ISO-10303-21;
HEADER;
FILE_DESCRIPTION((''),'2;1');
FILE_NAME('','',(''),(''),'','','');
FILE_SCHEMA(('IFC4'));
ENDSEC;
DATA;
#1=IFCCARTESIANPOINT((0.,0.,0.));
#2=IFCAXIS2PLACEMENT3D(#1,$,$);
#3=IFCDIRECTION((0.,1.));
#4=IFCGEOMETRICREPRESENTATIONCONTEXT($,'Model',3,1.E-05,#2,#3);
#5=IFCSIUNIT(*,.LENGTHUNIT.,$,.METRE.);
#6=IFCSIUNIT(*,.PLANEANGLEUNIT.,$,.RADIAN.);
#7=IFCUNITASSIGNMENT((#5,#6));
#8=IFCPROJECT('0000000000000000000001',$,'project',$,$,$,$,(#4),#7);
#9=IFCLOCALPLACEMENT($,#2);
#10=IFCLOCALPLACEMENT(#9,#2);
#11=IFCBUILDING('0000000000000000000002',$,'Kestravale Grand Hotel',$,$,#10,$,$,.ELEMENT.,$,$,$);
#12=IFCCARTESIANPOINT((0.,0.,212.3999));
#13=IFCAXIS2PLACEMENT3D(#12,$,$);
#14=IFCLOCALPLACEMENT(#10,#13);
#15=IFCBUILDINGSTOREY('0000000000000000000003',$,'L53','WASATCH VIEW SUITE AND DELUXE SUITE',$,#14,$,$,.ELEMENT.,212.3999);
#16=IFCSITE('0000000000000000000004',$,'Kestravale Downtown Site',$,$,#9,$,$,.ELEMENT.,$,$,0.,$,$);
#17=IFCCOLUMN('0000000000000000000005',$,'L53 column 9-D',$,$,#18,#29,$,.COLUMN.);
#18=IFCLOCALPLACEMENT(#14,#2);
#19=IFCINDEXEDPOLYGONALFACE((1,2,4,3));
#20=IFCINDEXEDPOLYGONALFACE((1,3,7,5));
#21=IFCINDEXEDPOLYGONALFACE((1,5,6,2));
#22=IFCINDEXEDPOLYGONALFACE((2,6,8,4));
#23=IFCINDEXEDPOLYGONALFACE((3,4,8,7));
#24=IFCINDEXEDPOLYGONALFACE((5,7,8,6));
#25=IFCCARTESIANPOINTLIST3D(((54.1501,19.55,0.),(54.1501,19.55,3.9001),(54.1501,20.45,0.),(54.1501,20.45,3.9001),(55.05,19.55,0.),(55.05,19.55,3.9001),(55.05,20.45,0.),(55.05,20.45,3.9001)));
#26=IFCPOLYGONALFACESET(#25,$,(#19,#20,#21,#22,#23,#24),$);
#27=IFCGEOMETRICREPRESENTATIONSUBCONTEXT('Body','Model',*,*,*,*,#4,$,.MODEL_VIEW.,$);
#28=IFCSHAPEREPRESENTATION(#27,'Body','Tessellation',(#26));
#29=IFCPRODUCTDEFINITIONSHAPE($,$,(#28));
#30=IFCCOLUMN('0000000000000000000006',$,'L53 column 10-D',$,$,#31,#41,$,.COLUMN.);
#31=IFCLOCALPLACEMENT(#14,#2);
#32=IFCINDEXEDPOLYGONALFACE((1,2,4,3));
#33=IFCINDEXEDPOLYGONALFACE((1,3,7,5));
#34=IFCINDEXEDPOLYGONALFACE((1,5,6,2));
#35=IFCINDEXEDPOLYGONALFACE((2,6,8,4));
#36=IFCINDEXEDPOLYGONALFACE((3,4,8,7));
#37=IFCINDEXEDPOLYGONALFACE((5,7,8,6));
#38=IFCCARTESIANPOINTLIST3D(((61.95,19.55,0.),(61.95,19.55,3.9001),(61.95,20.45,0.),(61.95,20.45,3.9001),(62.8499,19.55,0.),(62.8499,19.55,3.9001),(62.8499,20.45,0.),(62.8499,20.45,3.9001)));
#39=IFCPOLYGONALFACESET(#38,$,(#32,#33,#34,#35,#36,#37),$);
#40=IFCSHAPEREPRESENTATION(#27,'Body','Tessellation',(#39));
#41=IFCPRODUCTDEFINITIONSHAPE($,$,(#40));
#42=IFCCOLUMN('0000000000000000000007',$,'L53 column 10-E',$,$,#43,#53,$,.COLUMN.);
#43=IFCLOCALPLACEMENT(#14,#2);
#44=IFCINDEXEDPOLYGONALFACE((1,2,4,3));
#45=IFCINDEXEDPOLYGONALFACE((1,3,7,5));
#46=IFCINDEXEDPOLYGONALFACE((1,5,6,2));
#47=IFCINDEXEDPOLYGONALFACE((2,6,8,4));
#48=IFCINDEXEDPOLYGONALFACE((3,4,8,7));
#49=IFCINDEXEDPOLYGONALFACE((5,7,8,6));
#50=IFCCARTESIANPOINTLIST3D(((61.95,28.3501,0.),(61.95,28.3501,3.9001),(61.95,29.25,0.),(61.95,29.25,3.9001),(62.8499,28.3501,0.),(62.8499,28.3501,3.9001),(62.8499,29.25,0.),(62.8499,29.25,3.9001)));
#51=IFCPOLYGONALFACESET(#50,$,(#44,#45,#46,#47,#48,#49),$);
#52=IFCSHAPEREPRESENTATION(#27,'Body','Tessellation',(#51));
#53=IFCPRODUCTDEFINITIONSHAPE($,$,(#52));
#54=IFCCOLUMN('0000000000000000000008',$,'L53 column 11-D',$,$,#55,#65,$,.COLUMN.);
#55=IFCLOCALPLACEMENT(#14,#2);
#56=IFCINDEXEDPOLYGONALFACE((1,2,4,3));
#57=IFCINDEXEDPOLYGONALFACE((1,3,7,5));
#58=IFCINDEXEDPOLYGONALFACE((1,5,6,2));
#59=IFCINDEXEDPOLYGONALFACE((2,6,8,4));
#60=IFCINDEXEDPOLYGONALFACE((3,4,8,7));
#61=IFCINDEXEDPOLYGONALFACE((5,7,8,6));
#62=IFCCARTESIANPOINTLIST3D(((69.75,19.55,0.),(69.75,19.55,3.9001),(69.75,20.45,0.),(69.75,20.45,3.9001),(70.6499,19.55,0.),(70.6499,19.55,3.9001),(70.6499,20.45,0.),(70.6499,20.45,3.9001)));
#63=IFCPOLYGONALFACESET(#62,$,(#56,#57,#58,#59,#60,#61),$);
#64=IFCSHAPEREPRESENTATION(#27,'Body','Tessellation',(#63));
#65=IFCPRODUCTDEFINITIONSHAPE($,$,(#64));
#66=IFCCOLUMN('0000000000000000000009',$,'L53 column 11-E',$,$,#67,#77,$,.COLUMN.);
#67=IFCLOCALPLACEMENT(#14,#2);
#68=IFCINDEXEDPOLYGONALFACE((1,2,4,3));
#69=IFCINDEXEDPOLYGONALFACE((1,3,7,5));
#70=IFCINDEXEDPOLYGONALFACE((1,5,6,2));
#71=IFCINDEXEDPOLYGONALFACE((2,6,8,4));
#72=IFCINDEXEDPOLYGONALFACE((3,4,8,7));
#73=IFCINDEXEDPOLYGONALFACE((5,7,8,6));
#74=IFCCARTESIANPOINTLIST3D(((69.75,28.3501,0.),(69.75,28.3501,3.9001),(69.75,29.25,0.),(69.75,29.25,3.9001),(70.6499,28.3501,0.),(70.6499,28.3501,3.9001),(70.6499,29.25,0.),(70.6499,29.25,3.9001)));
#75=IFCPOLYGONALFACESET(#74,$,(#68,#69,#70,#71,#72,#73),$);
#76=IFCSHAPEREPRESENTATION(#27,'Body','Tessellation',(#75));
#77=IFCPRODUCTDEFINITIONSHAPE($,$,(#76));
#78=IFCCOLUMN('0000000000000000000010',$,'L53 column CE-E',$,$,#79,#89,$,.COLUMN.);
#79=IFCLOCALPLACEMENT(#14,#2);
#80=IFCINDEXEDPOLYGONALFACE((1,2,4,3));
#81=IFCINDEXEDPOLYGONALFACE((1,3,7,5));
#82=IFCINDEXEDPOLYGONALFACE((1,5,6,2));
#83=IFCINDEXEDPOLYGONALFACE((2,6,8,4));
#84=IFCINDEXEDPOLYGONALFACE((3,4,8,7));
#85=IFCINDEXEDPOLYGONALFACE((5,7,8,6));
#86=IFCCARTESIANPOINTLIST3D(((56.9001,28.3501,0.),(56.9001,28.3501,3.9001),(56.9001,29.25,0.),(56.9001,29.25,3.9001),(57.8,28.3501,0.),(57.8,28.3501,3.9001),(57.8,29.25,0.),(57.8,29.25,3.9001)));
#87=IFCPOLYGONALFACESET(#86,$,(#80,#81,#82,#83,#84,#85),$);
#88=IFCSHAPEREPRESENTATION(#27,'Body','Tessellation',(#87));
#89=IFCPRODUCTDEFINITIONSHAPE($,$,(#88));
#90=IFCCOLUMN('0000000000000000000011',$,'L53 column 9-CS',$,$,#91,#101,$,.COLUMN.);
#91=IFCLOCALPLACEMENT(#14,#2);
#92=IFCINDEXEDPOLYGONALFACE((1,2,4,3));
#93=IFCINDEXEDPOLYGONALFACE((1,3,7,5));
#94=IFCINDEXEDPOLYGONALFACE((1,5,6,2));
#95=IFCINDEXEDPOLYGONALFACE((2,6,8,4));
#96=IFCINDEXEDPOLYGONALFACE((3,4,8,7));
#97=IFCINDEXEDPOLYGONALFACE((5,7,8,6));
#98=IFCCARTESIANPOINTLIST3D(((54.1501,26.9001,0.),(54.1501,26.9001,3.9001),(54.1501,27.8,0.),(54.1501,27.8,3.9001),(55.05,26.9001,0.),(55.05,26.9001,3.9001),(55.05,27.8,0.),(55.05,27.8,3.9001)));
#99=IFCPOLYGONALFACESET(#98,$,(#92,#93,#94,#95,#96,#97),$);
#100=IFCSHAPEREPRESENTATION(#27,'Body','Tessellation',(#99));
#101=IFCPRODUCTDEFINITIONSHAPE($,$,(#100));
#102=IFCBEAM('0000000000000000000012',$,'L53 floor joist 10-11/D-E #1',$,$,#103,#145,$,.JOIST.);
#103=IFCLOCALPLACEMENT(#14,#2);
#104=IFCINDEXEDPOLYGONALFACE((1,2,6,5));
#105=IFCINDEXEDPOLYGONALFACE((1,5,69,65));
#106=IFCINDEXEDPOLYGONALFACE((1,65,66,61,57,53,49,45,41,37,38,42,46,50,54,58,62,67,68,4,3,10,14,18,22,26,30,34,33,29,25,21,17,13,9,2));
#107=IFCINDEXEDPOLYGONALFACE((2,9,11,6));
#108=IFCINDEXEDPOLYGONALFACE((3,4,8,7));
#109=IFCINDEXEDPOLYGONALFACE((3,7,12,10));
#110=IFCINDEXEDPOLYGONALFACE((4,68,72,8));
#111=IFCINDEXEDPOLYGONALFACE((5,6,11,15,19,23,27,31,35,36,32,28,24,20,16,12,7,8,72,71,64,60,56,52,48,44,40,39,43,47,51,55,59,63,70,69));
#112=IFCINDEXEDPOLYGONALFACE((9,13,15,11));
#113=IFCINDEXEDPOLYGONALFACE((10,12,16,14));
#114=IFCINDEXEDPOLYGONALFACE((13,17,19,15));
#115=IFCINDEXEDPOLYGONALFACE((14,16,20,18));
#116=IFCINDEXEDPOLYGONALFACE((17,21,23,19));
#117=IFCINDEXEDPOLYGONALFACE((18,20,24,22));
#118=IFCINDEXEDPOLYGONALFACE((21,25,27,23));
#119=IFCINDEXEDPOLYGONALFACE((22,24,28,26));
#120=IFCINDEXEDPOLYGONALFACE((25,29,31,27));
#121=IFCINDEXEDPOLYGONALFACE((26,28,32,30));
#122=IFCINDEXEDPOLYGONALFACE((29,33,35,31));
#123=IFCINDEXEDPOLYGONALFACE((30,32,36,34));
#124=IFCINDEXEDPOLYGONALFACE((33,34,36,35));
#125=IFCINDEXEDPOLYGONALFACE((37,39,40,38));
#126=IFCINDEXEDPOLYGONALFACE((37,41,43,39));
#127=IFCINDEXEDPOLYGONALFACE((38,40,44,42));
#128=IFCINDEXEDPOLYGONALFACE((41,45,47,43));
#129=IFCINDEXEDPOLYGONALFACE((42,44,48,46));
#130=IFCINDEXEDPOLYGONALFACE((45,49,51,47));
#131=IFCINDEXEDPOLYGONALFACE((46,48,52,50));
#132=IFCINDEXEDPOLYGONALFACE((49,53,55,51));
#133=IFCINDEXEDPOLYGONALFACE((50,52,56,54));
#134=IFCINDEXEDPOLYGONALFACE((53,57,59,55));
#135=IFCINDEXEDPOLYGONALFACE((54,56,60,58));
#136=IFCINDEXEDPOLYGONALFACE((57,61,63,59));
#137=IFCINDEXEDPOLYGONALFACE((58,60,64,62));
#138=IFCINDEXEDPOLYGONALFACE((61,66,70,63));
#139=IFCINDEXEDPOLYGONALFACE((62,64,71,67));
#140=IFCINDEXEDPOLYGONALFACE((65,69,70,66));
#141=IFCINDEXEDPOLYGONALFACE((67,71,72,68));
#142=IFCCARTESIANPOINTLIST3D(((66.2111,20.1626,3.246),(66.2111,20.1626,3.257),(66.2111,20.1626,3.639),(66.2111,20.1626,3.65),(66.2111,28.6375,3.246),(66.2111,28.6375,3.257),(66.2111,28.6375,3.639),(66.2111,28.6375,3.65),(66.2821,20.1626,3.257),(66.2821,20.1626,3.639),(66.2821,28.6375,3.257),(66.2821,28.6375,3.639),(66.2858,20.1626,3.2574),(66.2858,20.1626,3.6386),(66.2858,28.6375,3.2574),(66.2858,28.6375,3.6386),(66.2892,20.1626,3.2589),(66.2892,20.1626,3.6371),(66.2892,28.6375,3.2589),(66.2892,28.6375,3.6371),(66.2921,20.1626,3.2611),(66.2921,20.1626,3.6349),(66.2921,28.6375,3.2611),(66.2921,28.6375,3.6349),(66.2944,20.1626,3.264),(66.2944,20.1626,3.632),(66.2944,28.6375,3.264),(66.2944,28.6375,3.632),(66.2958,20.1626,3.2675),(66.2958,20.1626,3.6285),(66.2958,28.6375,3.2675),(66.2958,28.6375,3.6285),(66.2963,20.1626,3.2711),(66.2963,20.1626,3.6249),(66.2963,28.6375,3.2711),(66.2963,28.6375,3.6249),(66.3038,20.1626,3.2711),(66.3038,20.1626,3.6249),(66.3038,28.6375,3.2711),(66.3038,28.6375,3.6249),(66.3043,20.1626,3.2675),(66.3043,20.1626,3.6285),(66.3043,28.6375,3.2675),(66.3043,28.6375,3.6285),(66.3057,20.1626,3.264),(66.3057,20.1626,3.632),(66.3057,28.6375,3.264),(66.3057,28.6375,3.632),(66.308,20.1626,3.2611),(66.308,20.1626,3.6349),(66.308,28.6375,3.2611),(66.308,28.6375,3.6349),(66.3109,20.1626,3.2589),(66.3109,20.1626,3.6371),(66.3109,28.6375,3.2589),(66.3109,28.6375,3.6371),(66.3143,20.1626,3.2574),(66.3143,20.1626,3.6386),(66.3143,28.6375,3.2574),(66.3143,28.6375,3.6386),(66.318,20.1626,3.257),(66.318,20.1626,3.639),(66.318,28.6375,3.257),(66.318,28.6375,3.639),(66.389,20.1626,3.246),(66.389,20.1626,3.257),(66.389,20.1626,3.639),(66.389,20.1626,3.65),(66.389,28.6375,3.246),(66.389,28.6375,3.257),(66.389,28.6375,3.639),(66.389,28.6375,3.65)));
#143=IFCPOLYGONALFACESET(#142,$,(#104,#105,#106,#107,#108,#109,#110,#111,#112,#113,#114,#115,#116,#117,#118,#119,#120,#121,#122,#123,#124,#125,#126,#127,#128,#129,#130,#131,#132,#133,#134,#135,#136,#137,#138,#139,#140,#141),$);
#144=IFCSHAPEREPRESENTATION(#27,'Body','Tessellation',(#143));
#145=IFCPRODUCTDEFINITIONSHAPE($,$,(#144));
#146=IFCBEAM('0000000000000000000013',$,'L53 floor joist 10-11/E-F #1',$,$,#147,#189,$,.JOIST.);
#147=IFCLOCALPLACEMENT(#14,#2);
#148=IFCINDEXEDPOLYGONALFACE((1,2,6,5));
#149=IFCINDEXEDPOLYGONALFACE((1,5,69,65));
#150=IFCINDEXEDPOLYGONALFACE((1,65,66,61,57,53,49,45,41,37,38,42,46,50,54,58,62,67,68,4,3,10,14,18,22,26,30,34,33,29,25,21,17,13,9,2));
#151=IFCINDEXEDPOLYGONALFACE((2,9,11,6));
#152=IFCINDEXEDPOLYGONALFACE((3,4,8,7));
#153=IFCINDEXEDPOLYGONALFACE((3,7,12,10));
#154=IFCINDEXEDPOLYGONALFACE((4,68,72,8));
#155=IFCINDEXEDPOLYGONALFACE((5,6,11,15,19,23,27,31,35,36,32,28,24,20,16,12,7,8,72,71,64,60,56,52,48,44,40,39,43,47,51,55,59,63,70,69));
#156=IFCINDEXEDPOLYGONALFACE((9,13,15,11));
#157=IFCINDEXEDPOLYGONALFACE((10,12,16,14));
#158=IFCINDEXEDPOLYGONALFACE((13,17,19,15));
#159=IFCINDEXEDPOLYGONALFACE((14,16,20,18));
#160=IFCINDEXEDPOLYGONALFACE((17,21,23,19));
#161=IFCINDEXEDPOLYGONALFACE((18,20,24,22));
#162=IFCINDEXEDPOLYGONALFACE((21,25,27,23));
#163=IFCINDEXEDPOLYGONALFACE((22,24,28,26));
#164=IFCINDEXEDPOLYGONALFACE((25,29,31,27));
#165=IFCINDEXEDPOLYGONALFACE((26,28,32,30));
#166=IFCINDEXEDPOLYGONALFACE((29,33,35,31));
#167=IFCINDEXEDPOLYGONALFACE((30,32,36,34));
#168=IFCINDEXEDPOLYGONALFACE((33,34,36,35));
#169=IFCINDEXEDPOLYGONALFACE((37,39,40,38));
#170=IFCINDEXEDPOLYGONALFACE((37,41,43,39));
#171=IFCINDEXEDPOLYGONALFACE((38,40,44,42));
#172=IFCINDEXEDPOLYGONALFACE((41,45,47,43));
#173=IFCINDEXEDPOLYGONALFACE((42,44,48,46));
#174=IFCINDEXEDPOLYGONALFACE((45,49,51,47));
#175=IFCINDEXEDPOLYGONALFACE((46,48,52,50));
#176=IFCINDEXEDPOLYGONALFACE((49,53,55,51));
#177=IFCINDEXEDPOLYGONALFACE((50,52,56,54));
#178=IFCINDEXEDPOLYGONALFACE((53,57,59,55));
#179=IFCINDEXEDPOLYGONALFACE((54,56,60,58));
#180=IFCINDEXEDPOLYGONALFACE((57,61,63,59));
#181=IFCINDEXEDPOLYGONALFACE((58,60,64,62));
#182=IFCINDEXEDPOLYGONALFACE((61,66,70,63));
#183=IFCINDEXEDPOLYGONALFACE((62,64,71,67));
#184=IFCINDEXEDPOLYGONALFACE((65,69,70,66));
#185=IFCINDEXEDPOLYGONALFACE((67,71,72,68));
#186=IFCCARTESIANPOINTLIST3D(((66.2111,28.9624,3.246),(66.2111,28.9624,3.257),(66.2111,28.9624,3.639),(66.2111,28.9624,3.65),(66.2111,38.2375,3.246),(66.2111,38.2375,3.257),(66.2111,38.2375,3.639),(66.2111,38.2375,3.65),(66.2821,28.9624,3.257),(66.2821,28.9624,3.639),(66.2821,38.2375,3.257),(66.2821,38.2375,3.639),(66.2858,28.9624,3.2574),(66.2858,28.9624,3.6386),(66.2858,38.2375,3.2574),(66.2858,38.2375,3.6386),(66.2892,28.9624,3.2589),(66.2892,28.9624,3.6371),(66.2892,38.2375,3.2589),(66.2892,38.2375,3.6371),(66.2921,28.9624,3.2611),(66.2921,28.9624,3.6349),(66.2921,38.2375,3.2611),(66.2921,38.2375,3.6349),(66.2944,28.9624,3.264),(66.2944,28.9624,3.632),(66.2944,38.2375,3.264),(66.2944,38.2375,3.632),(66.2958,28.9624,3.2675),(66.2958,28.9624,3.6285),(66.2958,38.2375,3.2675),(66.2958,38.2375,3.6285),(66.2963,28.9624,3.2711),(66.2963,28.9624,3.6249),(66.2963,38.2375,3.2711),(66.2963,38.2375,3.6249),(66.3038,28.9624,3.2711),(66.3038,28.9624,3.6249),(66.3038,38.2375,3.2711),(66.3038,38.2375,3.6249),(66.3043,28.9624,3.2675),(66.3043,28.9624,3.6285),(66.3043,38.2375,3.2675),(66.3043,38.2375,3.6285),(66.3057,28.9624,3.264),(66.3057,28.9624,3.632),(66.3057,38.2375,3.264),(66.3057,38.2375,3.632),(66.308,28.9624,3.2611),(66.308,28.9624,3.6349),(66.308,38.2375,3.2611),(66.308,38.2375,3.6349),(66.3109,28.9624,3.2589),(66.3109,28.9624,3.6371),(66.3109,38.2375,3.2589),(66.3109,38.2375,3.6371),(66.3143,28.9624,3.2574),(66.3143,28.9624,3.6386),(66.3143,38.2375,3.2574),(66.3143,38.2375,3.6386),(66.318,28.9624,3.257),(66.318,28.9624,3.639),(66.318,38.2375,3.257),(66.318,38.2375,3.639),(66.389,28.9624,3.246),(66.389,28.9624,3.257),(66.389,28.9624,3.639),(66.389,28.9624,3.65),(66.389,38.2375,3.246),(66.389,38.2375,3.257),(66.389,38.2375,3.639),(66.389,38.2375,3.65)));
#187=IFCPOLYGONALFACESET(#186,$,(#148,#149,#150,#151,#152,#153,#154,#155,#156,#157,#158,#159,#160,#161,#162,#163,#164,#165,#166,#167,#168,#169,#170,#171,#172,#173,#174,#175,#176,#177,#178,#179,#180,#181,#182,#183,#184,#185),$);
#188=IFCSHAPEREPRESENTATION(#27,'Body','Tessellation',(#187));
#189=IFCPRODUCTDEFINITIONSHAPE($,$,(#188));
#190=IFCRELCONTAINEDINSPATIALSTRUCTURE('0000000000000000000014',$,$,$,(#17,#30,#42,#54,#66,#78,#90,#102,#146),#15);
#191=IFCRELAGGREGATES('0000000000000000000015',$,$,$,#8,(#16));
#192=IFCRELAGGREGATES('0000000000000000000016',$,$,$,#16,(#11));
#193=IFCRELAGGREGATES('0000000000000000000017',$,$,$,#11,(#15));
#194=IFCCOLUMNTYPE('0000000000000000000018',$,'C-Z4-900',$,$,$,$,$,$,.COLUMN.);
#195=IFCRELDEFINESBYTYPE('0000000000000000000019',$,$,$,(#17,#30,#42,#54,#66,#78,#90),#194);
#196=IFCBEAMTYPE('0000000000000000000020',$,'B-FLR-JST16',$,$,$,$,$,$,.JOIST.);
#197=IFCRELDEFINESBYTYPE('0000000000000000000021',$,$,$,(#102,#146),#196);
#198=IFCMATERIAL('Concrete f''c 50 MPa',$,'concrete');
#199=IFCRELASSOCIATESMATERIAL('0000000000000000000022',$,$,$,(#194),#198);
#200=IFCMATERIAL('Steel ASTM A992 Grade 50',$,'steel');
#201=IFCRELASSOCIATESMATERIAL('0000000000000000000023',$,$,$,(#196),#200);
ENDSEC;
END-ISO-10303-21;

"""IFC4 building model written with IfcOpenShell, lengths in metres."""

from ifc_helpers import new_model, si_unit, direction, frame, origin, origin_2d, place, context, subcontext, project, spatial, rectangle, i_section, extrude, material, material_profile, profile_set, type_object, element, save


model = new_model("IFC4")

# Units and contexts
model_context = context("Model", 3, precision=1e-05, world=origin(), true_north=direction((0.0, 1.0)))
body_context = subcontext(model_context, "Body", "Model", "MODEL_VIEW")
ifc_project = project(units=[si_unit("LENGTHUNIT", "METRE"), si_unit("PLANEANGLEUNIT", "RADIAN")], contexts=[model_context])

# Site, building, storey
site_placement = place(None, origin())
site = spatial("IfcSite", under=ifc_project, at=site_placement, Name="Kestravale Downtown Site", CompositionType="ELEMENT", RefElevation=0.0)
building_placement = place(site_placement, origin())
building = spatial("IfcBuilding", under=site, at=building_placement, Name="Kestravale Grand Hotel", CompositionType="ELEMENT")
storey_placement = place(building_placement, frame((0.0, 0.0, 212.3999)))
storey = spatial("IfcBuildingStorey", under=building, at=storey_placement, Name="L53", Description="WASATCH VIEW SUITE AND DELUXE SUITE", CompositionType="ELEMENT", Elevation=212.3999)

# Columns
ifc_material_1 = material(Name="Concrete f'c 50 MPa", Category="concrete")
ifc_material_profile_1 = material_profile(ifc_material_1, rectangle(XDim=0.8999, YDim=0.8999, at=origin_2d()))
ifc_profile_set_1 = profile_set([ifc_material_profile_1], Name="Concrete f'c 50 MPa")
column_type = type_object("IfcColumnType", Name="C-Z4-900", PredefinedType="COLUMN", material=ifc_profile_set_1)
for number, where, z_axis, x_axis, name in (
    (1, (54.6001, 20.0, 0.0), (0.0, 0.0, 1.0), (1.0, 0.0, 0.0), "L53 column 9-D"),
    (2, (62.3999, 20.0, 0.0), (0.0, 0.0, 1.0), (1.0, 0.0, 0.0), "L53 column 10-D"),
    (3, (62.3999, 28.8, 0.0), (0.0, 0.0, 1.0), (1.0, 0.0, 0.0), "L53 column 10-E"),
    (4, (70.2, 20.0, 0.0), (0.0, 0.0, 1.0), (1.0, 0.0, 0.0), "L53 column 11-D"),
    (5, (70.2, 28.8, 0.0), (0.0, 0.0, 1.0), (1.0, 0.0, 0.0), "L53 column 11-E"),
    (6, (57.3501, 28.8, 0.0), (0.0, 0.0, 1.0), (1.0, 0.0, 0.0), "L53 column CE-E"),
    (7, (54.6001, 27.3501, 0.0), (0.0, 0.0, 1.0), (1.0, 0.0, 0.0), "L53 column 9-CS"),
):
    element("IfcColumn", number, at=place(storey_placement, frame(where, z_axis=z_axis, x_axis=x_axis)), inside=storey, type_object=column_type, Name=name, PredefinedType="COLUMN", context=body_context, shape_type="SweptSolid", body=[
        extrude(rectangle(XDim=0.8999, YDim=0.8999, at=origin_2d()), origin(), (0.0, 0.0, 1.0), 3.9001),
    ])

# Beams
ifc_material_2 = material(Name="Steel ASTM A992 Grade 50", Category="steel")
ifc_material_profile_2 = material_profile(ifc_material_2, i_section(OverallWidth=0.178, OverallDepth=0.4041, WebThickness=0.0076, FlangeThickness=0.011, FilletRadius=0.0142, at=origin_2d()))
ifc_profile_set_2 = profile_set([ifc_material_profile_2], Name="Steel ASTM A992 Grade 50")
beam_type_1 = type_object("IfcBeamType", Name="B-FLR-JST16", PredefinedType="JOIST", material=ifc_profile_set_2)
beam_1_placement = place(storey_placement, frame((66.3, 20.1626, 3.448), z_axis=(0.0, 1.0, 0.0), x_axis=(-1.0, 0.0, 0.0)))
element("IfcBeam", 8, at=beam_1_placement, inside=storey, type_object=beam_type_1, Name="L53 floor joist 10-11/D-E #1", PredefinedType="JOIST", context=body_context, shape_type="SweptSolid", body=[
    extrude(i_section(OverallWidth=0.178, OverallDepth=0.4041, WebThickness=0.0076, FlangeThickness=0.011, FilletRadius=0.0142, at=origin_2d()), origin(), (0.0, 0.0, 1.0), 8.4749),
])
beam_2_placement = place(storey_placement, frame((66.3, 28.9624, 3.448), z_axis=(0.0, 1.0, 0.0), x_axis=(-1.0, 0.0, 0.0)))
element("IfcBeam", 9, at=beam_2_placement, inside=storey, type_object=beam_type_1, Name="L53 floor joist 10-11/E-F #1", PredefinedType="JOIST", context=body_context, shape_type="SweptSolid", body=[
    extrude(i_section(OverallWidth=0.178, OverallDepth=0.4041, WebThickness=0.0076, FlangeThickness=0.011, FilletRadius=0.0142, at=origin_2d()), origin(), (0.0, 0.0, 1.0), 9.2751),
])

save(model, "model.ifc")
